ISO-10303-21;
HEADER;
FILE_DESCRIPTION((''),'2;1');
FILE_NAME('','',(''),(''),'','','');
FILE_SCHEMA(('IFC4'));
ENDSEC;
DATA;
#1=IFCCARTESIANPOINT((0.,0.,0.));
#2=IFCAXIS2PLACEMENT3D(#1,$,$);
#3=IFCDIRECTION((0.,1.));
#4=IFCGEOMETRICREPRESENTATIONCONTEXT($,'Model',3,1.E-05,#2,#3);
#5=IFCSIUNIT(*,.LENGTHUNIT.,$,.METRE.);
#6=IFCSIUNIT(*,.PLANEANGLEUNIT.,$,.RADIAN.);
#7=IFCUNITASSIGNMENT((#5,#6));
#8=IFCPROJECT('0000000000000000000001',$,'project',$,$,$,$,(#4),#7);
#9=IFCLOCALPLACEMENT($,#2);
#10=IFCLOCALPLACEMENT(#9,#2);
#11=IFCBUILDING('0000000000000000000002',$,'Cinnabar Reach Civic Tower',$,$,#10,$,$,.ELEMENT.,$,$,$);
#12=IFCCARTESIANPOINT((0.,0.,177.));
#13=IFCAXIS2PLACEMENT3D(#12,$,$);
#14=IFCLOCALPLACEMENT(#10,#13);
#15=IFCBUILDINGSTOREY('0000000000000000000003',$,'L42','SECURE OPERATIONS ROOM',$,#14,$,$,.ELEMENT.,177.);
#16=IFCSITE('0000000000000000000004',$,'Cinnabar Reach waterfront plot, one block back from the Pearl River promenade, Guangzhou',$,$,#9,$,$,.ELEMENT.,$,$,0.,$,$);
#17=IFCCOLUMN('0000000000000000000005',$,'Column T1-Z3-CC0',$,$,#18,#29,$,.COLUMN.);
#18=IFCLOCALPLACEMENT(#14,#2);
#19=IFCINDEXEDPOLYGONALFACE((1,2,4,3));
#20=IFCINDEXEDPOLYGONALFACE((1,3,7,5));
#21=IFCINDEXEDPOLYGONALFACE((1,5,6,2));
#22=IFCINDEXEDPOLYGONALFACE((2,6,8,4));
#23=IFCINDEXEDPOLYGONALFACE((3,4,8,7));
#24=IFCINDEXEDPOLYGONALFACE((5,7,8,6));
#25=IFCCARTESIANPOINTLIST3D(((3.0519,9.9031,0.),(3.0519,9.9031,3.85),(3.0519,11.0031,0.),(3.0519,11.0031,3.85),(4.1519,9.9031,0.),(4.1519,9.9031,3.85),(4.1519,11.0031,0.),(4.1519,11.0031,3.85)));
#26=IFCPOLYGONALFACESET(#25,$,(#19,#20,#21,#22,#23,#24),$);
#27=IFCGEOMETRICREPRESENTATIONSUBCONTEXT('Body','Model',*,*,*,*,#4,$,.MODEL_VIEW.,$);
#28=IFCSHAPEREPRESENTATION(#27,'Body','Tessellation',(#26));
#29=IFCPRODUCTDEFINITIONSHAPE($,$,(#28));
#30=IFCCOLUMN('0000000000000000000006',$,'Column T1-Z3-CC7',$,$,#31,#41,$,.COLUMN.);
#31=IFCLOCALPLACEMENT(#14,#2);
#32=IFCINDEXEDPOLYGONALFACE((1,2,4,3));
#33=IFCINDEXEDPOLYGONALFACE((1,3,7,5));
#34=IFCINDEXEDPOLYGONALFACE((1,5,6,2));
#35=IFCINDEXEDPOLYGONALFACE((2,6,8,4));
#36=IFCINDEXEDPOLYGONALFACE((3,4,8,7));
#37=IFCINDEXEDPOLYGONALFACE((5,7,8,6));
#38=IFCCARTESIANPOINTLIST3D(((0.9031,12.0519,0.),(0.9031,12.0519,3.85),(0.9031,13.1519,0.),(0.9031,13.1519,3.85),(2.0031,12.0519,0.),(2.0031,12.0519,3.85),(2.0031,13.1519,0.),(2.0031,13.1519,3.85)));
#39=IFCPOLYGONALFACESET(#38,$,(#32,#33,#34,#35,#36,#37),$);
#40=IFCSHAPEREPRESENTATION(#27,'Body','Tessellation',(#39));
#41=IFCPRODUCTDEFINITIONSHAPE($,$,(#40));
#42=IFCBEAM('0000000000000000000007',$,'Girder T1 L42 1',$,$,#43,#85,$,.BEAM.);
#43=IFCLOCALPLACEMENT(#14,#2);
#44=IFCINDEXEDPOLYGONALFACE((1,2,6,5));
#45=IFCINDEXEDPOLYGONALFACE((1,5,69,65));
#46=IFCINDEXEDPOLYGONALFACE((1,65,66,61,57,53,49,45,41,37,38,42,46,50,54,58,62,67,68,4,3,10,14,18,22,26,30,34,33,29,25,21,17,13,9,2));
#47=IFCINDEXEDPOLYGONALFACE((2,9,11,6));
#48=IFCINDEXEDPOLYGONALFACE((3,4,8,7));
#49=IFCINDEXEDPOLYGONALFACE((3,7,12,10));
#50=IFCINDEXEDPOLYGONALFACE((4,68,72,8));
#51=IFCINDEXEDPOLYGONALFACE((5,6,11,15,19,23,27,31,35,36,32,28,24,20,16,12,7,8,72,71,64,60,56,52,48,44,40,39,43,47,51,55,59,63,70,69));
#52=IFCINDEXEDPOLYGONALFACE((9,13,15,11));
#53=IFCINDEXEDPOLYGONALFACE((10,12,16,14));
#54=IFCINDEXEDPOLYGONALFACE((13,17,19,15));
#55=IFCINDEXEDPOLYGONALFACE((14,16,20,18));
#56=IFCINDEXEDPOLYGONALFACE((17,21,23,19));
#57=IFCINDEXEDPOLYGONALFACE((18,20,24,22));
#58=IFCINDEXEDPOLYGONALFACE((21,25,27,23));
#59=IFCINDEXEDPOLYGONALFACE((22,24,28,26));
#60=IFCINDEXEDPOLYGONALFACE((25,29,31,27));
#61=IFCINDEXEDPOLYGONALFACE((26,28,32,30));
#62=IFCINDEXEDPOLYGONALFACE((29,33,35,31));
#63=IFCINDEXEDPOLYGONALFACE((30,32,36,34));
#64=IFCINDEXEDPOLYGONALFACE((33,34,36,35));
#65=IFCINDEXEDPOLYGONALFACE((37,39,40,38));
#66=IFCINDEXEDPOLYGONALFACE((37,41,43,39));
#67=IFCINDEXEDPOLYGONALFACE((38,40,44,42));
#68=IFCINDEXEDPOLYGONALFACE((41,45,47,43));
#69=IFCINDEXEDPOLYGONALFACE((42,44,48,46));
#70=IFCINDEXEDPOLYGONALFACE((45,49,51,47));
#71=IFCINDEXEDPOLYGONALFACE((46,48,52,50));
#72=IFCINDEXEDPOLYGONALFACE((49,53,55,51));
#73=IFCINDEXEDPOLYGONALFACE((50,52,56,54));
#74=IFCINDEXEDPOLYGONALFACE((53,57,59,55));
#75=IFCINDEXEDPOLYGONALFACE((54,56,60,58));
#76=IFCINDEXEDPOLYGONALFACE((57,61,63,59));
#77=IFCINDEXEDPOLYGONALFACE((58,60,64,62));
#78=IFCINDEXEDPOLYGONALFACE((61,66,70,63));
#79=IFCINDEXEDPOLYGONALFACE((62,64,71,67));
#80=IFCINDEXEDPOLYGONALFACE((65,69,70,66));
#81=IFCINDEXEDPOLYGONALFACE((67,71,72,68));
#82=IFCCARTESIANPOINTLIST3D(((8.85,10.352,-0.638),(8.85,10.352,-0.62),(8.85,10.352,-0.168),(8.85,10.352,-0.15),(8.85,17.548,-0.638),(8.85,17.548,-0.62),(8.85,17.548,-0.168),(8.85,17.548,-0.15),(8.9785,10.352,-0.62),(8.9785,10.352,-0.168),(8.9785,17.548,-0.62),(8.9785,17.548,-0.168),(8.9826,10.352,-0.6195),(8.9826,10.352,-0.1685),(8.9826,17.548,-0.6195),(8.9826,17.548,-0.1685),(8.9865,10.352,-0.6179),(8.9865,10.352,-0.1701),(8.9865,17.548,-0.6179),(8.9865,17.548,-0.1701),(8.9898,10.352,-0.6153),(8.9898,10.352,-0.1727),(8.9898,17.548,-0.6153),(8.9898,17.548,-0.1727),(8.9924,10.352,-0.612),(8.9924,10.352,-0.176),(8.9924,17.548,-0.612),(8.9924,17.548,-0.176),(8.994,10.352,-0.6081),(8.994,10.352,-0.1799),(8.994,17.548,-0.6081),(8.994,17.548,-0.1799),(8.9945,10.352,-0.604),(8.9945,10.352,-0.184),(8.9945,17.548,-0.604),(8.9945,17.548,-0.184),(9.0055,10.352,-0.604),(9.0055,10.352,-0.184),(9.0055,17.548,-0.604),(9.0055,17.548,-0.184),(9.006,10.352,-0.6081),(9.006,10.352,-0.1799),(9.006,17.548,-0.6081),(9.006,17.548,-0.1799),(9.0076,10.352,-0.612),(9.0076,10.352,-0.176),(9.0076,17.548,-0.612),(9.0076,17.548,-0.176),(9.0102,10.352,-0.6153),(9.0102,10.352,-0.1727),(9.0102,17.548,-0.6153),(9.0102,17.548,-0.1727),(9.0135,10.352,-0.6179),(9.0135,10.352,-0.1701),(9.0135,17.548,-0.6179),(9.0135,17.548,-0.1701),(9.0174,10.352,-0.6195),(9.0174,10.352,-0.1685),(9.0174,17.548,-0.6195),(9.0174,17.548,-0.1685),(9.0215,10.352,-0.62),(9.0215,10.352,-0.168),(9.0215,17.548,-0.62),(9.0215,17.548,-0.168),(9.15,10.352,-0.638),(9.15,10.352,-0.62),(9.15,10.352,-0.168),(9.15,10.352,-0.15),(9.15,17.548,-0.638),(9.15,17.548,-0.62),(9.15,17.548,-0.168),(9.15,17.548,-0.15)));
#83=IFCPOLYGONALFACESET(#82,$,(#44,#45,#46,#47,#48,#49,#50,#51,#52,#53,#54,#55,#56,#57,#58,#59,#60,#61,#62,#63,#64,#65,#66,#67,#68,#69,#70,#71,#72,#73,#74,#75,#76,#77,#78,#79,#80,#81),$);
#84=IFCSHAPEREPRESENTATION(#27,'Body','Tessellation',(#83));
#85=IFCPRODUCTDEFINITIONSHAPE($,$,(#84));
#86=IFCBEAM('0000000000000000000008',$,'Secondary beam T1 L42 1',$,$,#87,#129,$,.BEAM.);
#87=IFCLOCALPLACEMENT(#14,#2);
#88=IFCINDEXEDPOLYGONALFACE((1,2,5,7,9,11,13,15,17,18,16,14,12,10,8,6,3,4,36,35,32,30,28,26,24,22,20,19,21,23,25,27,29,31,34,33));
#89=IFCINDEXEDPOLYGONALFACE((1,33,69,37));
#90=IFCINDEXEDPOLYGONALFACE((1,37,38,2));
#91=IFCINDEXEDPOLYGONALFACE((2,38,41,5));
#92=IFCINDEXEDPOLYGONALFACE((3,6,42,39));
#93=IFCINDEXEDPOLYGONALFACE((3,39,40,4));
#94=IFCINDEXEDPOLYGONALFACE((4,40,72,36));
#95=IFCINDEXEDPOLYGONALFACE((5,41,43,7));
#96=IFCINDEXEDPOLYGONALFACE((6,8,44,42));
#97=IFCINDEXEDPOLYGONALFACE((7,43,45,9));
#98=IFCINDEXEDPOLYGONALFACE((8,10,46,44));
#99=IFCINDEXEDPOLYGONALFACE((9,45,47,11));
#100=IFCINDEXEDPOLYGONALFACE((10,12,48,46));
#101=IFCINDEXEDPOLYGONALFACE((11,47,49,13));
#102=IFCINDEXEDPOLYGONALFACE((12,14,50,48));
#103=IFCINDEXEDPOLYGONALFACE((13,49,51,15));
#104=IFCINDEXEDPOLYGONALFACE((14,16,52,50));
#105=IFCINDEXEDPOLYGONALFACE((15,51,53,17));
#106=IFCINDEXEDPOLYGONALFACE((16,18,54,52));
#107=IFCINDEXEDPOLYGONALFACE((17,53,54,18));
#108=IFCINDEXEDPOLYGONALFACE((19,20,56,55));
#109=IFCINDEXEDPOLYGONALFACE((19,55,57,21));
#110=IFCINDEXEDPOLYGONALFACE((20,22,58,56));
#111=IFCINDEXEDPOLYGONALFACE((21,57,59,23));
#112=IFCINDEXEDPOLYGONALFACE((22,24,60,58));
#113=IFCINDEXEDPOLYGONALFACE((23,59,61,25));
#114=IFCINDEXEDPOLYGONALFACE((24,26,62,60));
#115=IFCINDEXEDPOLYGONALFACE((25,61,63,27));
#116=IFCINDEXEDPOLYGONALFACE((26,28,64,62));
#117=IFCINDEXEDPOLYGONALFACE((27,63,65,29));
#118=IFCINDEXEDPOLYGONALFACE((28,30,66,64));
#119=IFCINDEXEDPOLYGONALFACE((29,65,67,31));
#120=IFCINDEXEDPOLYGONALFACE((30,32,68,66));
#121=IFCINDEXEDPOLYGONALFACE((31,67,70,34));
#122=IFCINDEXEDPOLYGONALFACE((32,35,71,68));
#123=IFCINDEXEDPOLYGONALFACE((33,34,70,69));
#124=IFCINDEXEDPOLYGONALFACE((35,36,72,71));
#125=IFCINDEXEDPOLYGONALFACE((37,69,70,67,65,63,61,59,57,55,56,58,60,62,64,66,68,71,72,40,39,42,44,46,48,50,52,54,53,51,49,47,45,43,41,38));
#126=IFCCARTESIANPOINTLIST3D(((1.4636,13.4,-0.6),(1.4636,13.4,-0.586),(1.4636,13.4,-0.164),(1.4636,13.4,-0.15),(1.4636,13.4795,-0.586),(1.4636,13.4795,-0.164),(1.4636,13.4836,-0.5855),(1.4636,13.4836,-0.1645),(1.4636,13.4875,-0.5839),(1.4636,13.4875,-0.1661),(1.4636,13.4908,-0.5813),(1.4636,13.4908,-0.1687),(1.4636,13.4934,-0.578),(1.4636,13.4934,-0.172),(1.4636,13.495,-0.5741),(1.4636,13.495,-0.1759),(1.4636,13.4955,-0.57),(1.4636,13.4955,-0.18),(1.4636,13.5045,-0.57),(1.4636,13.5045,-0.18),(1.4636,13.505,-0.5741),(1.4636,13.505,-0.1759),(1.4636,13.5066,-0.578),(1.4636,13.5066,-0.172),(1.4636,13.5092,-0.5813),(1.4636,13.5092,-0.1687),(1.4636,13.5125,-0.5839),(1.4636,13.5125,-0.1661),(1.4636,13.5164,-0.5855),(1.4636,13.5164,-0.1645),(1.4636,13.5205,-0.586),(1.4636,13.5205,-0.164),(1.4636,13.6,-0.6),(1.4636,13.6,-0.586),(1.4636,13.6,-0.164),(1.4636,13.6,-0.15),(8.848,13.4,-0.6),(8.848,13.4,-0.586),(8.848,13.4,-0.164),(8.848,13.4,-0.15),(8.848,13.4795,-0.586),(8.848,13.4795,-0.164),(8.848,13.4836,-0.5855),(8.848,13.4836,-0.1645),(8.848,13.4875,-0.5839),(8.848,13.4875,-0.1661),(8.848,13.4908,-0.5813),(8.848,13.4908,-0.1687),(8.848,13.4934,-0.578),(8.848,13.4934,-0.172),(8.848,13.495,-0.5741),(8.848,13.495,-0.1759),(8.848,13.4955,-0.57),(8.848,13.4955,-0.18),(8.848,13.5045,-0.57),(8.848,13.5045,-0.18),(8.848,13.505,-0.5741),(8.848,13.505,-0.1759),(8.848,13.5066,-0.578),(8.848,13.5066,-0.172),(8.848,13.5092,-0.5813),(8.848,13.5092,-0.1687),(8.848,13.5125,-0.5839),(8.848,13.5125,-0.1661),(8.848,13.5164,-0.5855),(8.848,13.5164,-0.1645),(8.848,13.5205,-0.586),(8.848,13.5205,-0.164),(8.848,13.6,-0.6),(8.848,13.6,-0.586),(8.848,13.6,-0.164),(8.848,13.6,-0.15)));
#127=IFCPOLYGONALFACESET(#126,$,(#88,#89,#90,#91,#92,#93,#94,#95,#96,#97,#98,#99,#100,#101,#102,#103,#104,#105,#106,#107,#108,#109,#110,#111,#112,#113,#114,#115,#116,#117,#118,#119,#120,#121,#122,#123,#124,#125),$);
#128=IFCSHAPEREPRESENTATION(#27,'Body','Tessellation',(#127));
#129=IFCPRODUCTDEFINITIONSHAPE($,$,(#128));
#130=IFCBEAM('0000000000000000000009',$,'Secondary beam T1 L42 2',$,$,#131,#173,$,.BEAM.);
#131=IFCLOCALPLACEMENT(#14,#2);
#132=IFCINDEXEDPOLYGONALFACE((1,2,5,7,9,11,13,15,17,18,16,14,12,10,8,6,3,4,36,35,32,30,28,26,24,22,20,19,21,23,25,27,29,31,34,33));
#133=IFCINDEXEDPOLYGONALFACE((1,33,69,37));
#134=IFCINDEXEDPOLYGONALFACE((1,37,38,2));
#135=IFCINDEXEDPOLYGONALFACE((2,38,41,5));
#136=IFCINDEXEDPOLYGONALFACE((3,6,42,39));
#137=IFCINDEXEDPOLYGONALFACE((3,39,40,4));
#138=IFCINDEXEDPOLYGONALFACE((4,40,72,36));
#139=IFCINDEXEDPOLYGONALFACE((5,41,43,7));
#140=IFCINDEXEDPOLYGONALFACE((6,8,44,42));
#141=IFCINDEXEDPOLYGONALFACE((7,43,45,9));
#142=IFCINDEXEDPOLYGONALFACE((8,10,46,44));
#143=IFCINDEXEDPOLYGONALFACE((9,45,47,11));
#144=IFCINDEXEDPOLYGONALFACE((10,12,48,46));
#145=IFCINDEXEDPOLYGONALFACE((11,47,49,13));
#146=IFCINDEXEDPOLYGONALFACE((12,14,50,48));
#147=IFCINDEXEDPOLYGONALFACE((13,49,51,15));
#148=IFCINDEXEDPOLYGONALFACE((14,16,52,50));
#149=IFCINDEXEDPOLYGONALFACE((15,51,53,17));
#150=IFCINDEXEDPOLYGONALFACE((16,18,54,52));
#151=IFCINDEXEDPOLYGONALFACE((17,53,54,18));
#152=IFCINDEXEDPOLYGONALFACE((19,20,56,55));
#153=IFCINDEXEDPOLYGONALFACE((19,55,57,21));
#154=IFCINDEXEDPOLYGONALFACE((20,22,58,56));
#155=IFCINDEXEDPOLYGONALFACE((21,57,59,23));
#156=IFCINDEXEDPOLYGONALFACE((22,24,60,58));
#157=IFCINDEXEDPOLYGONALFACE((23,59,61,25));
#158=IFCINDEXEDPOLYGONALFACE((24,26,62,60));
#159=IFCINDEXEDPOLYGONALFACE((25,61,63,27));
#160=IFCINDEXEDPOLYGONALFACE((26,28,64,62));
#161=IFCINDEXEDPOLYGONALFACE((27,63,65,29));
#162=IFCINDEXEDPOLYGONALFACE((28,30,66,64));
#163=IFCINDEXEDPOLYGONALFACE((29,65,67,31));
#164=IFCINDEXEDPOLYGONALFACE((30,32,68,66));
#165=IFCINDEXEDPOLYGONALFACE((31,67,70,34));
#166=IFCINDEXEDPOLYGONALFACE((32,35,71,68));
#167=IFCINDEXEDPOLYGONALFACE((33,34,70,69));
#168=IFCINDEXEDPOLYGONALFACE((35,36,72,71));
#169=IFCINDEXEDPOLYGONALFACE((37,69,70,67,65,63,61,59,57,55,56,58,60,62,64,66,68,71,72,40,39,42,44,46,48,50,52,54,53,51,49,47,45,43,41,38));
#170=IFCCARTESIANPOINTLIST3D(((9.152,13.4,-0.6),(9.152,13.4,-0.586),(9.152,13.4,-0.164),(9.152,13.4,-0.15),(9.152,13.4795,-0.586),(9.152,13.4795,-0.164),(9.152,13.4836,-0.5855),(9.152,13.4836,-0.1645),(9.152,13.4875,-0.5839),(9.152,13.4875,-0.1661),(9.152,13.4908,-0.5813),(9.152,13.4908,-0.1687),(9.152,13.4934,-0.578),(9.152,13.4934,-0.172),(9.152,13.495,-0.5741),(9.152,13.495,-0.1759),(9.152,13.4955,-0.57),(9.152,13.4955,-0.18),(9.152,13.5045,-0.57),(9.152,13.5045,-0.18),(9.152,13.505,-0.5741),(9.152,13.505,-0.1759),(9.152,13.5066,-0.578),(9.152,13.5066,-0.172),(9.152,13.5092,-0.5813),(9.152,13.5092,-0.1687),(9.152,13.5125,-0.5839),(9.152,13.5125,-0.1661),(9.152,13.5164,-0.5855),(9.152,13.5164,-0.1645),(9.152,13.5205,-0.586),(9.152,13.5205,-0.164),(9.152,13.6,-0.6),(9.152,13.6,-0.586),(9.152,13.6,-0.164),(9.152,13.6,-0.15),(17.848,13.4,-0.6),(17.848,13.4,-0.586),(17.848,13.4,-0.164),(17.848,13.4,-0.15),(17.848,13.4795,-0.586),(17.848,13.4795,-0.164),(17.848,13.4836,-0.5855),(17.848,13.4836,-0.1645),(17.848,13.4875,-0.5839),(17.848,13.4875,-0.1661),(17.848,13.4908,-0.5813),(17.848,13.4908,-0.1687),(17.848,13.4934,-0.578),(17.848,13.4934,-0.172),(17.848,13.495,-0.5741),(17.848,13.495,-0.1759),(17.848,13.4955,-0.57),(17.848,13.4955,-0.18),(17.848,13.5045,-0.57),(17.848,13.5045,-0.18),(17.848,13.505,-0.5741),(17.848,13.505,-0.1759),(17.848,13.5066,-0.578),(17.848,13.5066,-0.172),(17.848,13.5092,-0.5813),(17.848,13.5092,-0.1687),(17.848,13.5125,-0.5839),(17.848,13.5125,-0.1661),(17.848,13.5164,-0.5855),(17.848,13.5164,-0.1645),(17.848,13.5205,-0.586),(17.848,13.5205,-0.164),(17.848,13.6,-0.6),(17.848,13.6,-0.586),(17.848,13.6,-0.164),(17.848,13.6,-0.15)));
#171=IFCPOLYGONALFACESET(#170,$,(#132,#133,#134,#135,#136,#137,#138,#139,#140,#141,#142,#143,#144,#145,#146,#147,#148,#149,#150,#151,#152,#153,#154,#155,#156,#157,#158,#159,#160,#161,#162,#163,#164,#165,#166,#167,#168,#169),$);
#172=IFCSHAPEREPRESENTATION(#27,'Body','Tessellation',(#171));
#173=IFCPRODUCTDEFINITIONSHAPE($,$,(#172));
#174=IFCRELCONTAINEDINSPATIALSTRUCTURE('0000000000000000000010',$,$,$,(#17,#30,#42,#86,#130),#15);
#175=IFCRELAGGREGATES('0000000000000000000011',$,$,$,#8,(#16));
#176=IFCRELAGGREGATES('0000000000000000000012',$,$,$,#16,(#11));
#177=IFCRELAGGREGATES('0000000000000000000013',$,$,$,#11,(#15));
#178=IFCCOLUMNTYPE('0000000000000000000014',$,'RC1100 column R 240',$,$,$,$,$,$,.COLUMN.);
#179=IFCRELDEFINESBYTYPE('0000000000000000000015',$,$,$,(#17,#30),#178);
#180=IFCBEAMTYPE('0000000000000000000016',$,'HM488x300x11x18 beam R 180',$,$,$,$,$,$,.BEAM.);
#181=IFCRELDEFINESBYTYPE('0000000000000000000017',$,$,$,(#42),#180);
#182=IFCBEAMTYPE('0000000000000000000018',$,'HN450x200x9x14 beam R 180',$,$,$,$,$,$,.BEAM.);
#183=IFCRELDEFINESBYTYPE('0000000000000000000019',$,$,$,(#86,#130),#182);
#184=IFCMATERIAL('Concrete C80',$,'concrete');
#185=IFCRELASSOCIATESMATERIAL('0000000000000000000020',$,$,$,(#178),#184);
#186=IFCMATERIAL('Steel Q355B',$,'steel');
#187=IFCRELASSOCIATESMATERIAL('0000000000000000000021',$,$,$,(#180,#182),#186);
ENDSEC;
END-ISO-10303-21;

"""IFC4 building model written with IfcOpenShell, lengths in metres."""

from ifc_helpers import new_model, si_unit, direction, frame, origin, origin_2d, place, context, subcontext, project, spatial, rectangle, i_section, extrude, material, material_profile, profile_set, type_object, element, save


model = new_model("IFC4")

# Units and contexts
model_context = context("Model", 3, precision=1e-05, world=origin(), true_north=direction((0.0, 1.0)))
body_context = subcontext(model_context, "Body", "Model", "MODEL_VIEW")
ifc_project = project(units=[si_unit("LENGTHUNIT", "METRE"), si_unit("PLANEANGLEUNIT", "RADIAN")], contexts=[model_context])

# Site, building, storey
site_placement = place(None, origin())
site = spatial("IfcSite", under=ifc_project, at=site_placement, Name="Cinnabar Reach waterfront plot, one block back from the Pearl River promenade, Guangzhou", CompositionType="ELEMENT", RefElevation=0.0)
building_placement = place(site_placement, origin())
building = spatial("IfcBuilding", under=site, at=building_placement, Name="Cinnabar Reach Civic Tower", CompositionType="ELEMENT")
storey_placement = place(building_placement, frame((0.0, 0.0, 177.0)))
storey = spatial("IfcBuildingStorey", under=building, at=storey_placement, Name="L42", Description="SECURE OPERATIONS ROOM", CompositionType="ELEMENT", Elevation=177.0)

# Columns
ifc_material_1 = material(Name="Concrete C80", Category="concrete")
ifc_material_profile_1 = material_profile(ifc_material_1, rectangle(XDim=1.1, YDim=1.1, at=origin_2d()), Name="RC1100")
ifc_profile_set_1 = profile_set([ifc_material_profile_1], Name="Concrete C80")
column_type = type_object("IfcColumnType", Name="RC1100 column R 240", PredefinedType="COLUMN", material=ifc_profile_set_1)
for number, where, z_axis, x_axis, name in (
    (1, (3.6019, 10.4531, 0.0), (0.0, 0.0, 1.0), (1.0, 0.0, 0.0), "Column T1-Z3-CC0"),
    (2, (1.4531, 12.6019, 0.0), (0.0, 0.0, 1.0), (1.0, 0.0, 0.0), "Column T1-Z3-CC7"),
):
    element("IfcColumn", number, at=place(storey_placement, frame(where, z_axis=z_axis, x_axis=x_axis)), inside=storey, type_object=column_type, Name=name, PredefinedType="COLUMN", context=body_context, shape_type="SweptSolid", body=[
        extrude(rectangle(XDim=1.1, YDim=1.1, at=origin_2d()), origin(), (0.0, 0.0, 1.0), 3.85),
    ])

# Beams
ifc_material_2 = material(Name="Steel Q355B", Category="steel")
ifc_material_profile_2 = material_profile(ifc_material_2, i_section(OverallWidth=0.3, OverallDepth=0.488, WebThickness=0.011, FlangeThickness=0.018, FilletRadius=0.016, at=origin_2d()), Name="HM488x300x11x18")
ifc_profile_set_2 = profile_set([ifc_material_profile_2], Name="Steel Q355B")
beam_type_1 = type_object("IfcBeamType", Name="HM488x300x11x18 beam R 180", PredefinedType="BEAM", material=ifc_profile_set_2)
beam_1_placement = place(storey_placement, frame((9.0, 10.352, -0.394), z_axis=(0.0, 1.0, 0.0), x_axis=(-1.0, 0.0, 0.0)))
element("IfcBeam", 3, at=beam_1_placement, inside=storey, type_object=beam_type_1, Name="Girder T1 L42 1", PredefinedType="BEAM", context=body_context, shape_type="SweptSolid", body=[
    extrude(i_section(OverallWidth=0.3, OverallDepth=0.488, WebThickness=0.011, FlangeThickness=0.018, FilletRadius=0.016, at=origin_2d()), origin(), (0.0, 0.0, 1.0), 7.196),
])
ifc_material_profile_3 = material_profile(ifc_material_2, i_section(OverallWidth=0.2, OverallDepth=0.45, WebThickness=0.009, FlangeThickness=0.014, FilletRadius=0.016, at=origin_2d()), Name="HN450x200x9x14")
ifc_profile_set_3 = profile_set([ifc_material_profile_3], Name="Steel Q355B")
beam_type_2 = type_object("IfcBeamType", Name="HN450x200x9x14 beam R 180", PredefinedType="BEAM", material=ifc_profile_set_3)
beam_2_placement = place(storey_placement, frame((1.4636, 13.5, -0.375), z_axis=(1.0, 0.0, 0.0), x_axis=(0.0, 1.0, 0.0)))
element("IfcBeam", 4, at=beam_2_placement, inside=storey, type_object=beam_type_2, Name="Secondary beam T1 L42 1", PredefinedType="BEAM", context=body_context, shape_type="SweptSolid", body=[
    extrude(i_section(OverallWidth=0.2, OverallDepth=0.45, WebThickness=0.009, FlangeThickness=0.014, FilletRadius=0.016, at=origin_2d()), origin(), (0.0, 0.0, 1.0), 7.3844),
])
beam_3_placement = place(storey_placement, frame((9.152, 13.5, -0.375), z_axis=(1.0, 0.0, 0.0), x_axis=(0.0, 1.0, 0.0)))
element("IfcBeam", 5, at=beam_3_placement, inside=storey, type_object=beam_type_2, Name="Secondary beam T1 L42 2", PredefinedType="BEAM", context=body_context, shape_type="SweptSolid", body=[
    extrude(i_section(OverallWidth=0.2, OverallDepth=0.45, WebThickness=0.009, FlangeThickness=0.014, FilletRadius=0.016, at=origin_2d()), origin(), (0.0, 0.0, 1.0), 8.696),
])

save(model, "model.ifc")
